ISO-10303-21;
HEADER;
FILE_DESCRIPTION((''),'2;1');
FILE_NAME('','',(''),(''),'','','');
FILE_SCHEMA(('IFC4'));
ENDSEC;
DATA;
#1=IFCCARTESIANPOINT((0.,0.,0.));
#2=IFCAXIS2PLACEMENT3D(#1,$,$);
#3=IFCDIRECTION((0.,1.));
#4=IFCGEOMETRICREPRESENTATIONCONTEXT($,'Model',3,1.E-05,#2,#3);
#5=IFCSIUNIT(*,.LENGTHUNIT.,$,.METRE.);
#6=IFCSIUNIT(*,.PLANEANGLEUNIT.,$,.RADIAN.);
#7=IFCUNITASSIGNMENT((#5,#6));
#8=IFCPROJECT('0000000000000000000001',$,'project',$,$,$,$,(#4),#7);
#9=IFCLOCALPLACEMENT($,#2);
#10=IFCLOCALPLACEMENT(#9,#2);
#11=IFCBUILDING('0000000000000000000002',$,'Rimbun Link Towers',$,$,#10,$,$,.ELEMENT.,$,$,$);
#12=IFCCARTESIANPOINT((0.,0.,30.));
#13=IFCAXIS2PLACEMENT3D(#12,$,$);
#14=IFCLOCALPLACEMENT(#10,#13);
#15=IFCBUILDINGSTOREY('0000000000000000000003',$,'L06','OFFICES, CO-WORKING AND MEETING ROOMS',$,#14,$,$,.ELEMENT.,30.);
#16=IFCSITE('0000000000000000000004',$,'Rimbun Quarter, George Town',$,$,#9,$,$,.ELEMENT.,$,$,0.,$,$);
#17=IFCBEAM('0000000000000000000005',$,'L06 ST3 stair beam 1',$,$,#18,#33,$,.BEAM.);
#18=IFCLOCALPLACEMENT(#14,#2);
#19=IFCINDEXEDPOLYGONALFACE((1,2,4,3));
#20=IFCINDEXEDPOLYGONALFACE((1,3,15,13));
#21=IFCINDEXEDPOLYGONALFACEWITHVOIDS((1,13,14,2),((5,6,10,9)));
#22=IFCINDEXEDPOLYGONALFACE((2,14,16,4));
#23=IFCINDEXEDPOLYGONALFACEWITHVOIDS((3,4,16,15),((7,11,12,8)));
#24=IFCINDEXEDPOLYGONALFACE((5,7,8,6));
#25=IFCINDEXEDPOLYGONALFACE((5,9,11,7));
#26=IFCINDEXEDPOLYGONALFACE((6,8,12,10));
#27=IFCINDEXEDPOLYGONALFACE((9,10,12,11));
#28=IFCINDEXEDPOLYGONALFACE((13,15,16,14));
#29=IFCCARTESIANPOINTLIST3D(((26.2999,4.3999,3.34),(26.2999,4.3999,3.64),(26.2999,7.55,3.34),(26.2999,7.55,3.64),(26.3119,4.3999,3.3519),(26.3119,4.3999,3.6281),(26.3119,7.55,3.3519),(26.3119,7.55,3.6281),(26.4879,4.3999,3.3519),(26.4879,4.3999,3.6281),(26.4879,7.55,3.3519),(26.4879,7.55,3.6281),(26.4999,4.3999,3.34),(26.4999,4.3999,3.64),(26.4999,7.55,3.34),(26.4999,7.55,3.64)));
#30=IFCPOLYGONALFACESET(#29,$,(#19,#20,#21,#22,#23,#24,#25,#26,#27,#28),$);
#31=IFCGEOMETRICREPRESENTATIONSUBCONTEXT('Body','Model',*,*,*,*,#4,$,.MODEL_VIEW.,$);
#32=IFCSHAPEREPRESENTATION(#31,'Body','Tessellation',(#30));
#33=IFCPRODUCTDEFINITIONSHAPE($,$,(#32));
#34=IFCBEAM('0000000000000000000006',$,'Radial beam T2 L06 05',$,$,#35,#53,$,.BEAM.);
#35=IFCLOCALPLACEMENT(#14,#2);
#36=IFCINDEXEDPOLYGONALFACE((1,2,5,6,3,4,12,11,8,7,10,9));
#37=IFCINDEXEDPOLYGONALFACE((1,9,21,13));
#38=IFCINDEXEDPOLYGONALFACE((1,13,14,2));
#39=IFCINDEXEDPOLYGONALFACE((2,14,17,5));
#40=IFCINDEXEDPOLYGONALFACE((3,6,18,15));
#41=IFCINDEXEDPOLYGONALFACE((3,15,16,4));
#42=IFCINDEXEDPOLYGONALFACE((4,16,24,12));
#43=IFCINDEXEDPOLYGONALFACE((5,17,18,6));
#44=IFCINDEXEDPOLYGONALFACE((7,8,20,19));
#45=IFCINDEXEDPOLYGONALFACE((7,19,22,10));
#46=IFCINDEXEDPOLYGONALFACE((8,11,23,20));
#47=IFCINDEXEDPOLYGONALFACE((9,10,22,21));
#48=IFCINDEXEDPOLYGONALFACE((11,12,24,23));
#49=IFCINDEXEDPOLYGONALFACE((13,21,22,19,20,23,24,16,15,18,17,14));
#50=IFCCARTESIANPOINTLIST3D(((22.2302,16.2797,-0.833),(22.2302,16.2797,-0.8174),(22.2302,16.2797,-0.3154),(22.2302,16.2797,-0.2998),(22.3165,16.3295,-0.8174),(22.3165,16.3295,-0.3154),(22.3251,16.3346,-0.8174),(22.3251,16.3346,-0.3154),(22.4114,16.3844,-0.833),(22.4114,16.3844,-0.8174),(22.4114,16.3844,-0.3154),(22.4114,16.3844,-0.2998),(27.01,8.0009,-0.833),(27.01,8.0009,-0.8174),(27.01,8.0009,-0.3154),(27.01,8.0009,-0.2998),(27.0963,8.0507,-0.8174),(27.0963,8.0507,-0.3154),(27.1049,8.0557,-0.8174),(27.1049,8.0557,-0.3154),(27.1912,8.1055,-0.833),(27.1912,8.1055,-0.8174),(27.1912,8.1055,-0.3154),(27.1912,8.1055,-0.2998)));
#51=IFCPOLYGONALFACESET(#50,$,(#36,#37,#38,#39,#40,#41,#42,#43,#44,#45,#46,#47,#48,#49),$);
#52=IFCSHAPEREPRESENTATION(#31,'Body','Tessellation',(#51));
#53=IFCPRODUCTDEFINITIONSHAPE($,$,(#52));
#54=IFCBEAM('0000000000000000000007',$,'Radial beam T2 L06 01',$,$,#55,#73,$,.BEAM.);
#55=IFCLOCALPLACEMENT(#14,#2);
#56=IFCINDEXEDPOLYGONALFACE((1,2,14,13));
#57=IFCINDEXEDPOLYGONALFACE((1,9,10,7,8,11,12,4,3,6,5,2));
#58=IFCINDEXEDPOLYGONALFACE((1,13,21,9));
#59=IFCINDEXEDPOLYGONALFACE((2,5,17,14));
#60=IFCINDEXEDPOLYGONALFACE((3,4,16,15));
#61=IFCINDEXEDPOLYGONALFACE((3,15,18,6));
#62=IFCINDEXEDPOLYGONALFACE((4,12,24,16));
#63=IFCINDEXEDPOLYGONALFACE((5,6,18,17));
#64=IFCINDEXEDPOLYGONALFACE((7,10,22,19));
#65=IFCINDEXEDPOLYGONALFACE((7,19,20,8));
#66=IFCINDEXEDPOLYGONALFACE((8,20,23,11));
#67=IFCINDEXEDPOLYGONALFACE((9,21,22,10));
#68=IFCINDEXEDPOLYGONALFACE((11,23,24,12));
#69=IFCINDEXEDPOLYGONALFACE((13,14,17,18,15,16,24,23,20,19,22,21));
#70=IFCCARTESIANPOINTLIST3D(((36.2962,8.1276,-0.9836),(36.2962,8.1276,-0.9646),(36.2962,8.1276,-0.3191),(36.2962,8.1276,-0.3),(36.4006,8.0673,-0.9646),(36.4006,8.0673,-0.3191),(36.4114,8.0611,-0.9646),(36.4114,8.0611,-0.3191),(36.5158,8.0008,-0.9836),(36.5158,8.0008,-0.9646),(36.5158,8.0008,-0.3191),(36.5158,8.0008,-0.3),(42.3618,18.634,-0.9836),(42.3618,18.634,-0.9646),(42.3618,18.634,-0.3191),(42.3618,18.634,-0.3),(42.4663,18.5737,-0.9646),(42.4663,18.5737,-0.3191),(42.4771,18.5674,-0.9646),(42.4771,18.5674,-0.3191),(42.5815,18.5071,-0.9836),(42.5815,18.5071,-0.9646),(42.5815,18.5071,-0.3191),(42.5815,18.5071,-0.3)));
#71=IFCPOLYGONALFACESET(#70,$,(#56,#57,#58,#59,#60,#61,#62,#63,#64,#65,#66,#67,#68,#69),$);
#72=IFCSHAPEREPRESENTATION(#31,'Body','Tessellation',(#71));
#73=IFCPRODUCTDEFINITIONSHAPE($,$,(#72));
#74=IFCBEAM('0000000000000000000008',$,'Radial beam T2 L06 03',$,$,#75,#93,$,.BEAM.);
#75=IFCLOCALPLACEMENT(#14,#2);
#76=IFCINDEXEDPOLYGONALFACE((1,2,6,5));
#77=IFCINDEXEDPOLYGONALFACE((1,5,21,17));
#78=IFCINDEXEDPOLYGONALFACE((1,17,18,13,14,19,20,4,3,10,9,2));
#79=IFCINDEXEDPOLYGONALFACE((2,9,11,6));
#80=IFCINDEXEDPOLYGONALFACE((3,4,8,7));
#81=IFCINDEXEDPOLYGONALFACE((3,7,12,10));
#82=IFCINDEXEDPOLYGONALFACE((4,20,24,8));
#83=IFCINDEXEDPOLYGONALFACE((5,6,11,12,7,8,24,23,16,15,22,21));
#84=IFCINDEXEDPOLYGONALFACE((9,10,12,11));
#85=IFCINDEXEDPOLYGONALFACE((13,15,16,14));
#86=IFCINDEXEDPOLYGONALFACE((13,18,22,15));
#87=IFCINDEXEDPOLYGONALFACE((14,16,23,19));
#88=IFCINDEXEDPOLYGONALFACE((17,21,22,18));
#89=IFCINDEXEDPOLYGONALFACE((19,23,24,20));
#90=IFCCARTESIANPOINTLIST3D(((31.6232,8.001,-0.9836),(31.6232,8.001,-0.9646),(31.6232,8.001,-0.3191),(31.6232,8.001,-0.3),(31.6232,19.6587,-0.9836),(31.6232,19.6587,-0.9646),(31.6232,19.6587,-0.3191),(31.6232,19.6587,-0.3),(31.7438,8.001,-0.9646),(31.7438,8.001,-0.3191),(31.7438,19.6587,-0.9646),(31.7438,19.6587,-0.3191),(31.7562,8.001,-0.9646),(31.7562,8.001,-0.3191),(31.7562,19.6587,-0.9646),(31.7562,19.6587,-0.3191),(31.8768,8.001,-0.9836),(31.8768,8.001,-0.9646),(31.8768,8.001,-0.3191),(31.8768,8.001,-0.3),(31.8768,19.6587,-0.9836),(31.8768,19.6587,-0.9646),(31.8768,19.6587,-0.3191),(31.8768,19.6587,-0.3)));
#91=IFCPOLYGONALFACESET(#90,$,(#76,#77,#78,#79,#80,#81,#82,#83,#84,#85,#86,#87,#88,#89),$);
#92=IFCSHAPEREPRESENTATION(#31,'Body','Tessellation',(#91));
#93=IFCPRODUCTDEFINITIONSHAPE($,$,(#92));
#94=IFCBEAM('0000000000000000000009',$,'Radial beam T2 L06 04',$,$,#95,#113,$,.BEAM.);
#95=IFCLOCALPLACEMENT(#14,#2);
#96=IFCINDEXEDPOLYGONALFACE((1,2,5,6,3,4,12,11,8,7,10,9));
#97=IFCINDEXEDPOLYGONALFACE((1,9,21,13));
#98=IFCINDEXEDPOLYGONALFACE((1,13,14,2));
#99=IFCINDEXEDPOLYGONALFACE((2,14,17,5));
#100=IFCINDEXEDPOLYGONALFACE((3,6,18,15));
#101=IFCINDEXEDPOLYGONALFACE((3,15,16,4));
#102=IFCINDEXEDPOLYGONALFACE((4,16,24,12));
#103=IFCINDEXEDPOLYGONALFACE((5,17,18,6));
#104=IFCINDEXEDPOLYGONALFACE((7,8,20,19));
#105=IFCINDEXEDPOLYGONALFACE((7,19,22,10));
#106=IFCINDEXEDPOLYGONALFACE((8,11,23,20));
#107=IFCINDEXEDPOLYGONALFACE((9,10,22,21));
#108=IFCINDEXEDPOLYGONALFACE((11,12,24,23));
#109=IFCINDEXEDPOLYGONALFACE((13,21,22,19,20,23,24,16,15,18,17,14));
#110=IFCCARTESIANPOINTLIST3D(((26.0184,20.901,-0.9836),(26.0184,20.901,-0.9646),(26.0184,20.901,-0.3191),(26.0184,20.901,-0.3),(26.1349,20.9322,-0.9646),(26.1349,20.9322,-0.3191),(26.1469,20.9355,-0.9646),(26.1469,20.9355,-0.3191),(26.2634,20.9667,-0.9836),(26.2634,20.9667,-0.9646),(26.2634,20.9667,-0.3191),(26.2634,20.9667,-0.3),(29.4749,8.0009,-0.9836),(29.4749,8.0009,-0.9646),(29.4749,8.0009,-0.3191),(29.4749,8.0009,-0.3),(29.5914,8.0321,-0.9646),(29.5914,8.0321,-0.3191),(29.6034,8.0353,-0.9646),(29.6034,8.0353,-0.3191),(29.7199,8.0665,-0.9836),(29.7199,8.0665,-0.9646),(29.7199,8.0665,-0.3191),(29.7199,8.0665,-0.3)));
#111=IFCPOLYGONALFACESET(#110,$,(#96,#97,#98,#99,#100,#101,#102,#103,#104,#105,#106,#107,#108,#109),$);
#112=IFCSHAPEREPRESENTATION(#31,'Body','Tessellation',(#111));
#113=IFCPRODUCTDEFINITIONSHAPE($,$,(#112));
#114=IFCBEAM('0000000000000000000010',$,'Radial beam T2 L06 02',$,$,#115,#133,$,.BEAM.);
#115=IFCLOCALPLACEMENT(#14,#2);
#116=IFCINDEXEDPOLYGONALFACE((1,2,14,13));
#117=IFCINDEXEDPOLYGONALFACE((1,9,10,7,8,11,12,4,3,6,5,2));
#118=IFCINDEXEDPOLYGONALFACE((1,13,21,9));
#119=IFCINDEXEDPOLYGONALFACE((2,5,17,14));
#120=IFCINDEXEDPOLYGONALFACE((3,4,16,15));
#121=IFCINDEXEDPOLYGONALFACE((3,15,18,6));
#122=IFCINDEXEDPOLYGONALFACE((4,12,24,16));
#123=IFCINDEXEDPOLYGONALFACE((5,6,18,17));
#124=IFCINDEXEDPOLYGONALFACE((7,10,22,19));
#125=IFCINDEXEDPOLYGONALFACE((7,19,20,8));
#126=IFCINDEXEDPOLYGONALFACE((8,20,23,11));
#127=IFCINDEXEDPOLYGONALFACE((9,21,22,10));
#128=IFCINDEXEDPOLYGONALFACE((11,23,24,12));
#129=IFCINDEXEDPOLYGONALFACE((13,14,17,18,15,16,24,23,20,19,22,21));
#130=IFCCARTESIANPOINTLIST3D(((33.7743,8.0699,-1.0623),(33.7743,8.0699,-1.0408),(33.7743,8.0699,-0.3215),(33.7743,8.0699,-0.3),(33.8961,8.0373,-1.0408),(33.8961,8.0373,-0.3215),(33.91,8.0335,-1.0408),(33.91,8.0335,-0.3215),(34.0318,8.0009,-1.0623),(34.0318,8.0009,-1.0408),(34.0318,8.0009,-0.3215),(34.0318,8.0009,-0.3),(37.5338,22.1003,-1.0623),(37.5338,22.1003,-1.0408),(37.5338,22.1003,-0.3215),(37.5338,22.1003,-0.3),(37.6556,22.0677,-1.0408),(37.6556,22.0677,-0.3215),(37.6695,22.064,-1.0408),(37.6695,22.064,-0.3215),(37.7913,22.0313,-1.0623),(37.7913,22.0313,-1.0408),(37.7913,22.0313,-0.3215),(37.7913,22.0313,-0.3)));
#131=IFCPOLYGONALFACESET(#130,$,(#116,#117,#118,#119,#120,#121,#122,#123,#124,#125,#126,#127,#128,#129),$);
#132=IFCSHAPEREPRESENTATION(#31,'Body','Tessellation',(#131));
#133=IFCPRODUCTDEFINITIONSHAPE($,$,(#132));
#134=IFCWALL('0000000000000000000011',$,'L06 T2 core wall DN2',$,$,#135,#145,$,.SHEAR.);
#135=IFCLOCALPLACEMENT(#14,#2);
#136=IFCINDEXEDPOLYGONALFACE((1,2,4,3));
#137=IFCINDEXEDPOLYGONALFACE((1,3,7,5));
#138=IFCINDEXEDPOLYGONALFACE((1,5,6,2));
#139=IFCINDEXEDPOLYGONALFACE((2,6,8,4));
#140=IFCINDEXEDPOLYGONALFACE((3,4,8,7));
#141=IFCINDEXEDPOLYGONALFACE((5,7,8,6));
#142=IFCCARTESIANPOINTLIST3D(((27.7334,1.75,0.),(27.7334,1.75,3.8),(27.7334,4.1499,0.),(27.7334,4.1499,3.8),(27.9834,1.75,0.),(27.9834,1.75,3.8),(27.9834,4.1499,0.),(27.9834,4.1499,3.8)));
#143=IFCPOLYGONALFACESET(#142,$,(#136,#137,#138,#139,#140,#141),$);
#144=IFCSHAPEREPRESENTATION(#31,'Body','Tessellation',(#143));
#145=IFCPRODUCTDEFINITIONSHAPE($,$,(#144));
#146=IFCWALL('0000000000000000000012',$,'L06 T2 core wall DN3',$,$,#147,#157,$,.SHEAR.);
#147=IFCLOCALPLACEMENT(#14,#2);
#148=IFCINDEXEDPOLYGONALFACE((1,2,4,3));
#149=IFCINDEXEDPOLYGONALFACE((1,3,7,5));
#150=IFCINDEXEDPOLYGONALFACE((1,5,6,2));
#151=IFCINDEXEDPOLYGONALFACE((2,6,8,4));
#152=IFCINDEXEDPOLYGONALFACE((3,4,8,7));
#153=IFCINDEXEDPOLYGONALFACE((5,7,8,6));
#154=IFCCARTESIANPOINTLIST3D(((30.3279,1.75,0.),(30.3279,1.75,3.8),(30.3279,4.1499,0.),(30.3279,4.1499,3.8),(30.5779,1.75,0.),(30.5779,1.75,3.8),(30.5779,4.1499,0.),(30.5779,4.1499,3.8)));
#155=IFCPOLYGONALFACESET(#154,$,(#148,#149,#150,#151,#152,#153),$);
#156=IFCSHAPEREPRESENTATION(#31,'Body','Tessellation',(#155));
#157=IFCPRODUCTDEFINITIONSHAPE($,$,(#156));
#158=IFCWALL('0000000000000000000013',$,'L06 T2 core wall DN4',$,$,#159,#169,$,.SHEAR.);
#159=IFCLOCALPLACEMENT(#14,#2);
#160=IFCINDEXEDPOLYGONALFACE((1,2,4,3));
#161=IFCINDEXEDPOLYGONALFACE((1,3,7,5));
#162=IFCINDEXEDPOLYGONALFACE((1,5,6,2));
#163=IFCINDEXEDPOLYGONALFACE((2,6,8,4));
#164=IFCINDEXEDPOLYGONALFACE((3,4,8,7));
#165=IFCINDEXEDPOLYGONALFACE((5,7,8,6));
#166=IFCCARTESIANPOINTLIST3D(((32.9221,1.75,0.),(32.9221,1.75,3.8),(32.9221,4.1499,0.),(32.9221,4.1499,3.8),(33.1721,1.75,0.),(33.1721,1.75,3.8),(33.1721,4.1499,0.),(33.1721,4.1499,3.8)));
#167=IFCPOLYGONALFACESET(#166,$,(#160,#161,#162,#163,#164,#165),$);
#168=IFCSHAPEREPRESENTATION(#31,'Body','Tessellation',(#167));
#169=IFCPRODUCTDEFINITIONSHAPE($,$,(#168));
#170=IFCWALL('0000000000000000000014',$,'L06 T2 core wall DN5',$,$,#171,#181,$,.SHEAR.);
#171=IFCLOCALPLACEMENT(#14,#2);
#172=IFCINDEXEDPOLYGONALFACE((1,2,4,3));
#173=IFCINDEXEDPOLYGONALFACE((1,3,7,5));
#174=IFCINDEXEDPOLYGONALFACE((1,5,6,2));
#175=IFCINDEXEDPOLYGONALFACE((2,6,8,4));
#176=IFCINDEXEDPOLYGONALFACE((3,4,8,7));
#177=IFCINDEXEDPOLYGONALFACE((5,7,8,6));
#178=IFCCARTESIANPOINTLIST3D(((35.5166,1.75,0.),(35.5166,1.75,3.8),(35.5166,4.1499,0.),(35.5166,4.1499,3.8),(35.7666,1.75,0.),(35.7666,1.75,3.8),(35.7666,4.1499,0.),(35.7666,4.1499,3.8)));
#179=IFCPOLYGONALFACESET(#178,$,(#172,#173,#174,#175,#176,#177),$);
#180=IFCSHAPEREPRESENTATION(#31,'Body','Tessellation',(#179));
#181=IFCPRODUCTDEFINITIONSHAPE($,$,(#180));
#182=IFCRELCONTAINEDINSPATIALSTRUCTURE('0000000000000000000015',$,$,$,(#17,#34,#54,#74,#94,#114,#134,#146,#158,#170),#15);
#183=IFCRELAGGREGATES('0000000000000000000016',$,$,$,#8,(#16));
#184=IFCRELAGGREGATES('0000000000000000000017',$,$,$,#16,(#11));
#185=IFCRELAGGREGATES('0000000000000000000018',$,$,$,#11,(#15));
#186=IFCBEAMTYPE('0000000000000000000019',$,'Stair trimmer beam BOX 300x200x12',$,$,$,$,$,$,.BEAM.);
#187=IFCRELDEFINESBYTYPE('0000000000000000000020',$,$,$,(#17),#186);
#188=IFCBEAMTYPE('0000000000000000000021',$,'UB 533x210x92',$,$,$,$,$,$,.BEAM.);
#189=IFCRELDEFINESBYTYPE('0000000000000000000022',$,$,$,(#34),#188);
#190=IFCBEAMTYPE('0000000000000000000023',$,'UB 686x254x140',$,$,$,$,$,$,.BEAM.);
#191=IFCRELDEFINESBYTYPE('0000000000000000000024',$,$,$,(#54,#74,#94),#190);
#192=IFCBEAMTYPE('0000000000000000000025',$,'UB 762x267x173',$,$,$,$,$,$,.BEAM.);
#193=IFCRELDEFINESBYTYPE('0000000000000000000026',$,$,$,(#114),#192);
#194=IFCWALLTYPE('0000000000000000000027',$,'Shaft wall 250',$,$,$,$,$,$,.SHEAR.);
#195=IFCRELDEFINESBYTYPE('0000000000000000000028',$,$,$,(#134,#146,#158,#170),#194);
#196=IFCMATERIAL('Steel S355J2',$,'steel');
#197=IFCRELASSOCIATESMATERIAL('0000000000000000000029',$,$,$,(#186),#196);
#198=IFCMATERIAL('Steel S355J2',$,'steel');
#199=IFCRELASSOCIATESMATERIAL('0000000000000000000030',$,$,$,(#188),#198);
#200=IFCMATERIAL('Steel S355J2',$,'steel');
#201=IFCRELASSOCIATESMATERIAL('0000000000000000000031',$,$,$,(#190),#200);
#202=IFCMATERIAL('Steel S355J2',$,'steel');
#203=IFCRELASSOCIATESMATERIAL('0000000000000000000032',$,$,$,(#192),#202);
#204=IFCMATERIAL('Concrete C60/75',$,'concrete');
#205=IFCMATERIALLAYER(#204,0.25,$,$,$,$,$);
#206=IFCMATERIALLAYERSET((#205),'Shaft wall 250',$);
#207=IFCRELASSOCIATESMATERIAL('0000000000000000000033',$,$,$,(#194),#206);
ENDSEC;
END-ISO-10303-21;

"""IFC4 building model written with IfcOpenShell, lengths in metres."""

from ifc_helpers import new_model, si_unit, direction, frame, frame_2d, origin, origin_2d, place, context, subcontext, project, spatial, rectangle, hollow_rectangle, i_section, extrude, material, layer, layer_set, material_profile, profile_set, type_object, element, save


model = new_model("IFC4")

# Units and contexts
model_context = context("Model", 3, precision=1e-05, world=origin(), true_north=direction((0.0, 1.0)))
body_context = subcontext(model_context, "Body", "Model", "MODEL_VIEW")
ifc_project = project(units=[si_unit("LENGTHUNIT", "METRE"), si_unit("PLANEANGLEUNIT", "RADIAN")], contexts=[model_context])

# Site, building, storey
site_placement = place(None, origin())
site = spatial("IfcSite", under=ifc_project, at=site_placement, Name="Rimbun Quarter, George Town", CompositionType="ELEMENT", RefElevation=0.0)
building_placement = place(site_placement, origin())
building = spatial("IfcBuilding", under=site, at=building_placement, Name="Rimbun Link Towers", CompositionType="ELEMENT")
storey_placement = place(building_placement, frame((0.0, 0.0, 30.0)))
storey = spatial("IfcBuildingStorey", under=building, at=storey_placement, Name="L06", Description="OFFICES, CO-WORKING AND MEETING ROOMS", CompositionType="ELEMENT", Elevation=30.0)

# Beams
ifc_material_1 = material(Name="Steel S355J2", Category="steel")
ifc_material_profile_1 = material_profile(ifc_material_1, hollow_rectangle(XDim=0.2, YDim=0.3, WallThickness=0.012, at=origin_2d()), Name="BOX 300x200x12")
ifc_profile_set_1 = profile_set([ifc_material_profile_1], Name="Steel S355J2")
beam_type_1 = type_object("IfcBeamType", Name="Stair trimmer beam BOX 300x200x12", PredefinedType="BEAM", material=ifc_profile_set_1)
beam_1_placement = place(storey_placement, frame((26.3999, 7.55, 3.49), z_axis=(0.0, -1.0, 0.0), x_axis=(1.0, 0.0, 0.0)))
element("IfcBeam", 1, at=beam_1_placement, inside=storey, type_object=beam_type_1, Name="L06 ST3 stair beam 1", PredefinedType="BEAM", context=body_context, shape_type="SweptSolid", body=[
    extrude(hollow_rectangle(XDim=0.2, YDim=0.3, WallThickness=0.012, at=origin_2d()), origin(), (0.0, 0.0, 1.0), 3.1501),
])
ifc_material_2 = material(Name="Steel S355J2", Category="steel")
ifc_material_profile_2 = material_profile(ifc_material_2, i_section(OverallWidth=0.2092, OverallDepth=0.5332, WebThickness=0.01, FlangeThickness=0.0156, at=origin_2d()), Name="UB 533x210x92")
ifc_profile_set_2 = profile_set([ifc_material_profile_2], Name="Steel S355J2")
beam_type_2 = type_object("IfcBeamType", Name="UB 533x210x92", PredefinedType="BEAM", material=ifc_profile_set_2)
beam_2_placement = place(storey_placement, frame((27.1006, 8.0532, -0.5664), z_axis=(-0.500001, 0.866025, 0.0), x_axis=(-0.866025, -0.500001, 0.0)))
element("IfcBeam", 2, at=beam_2_placement, inside=storey, type_object=beam_type_2, Name="Radial beam T2 L06 05", PredefinedType="BEAM", context=body_context, shape_type="SweptSolid", body=[
    extrude(i_section(OverallWidth=0.2092, OverallDepth=0.5332, WebThickness=0.01, FlangeThickness=0.0156, at=origin_2d()), origin(), (0.0, 0.0, 1.0), 9.5596),
])
ifc_material_3 = material(Name="Steel S355J2", Category="steel")
ifc_material_profile_3 = material_profile(ifc_material_3, i_section(OverallWidth=0.2537, OverallDepth=0.6836, WebThickness=0.0125, FlangeThickness=0.019, at=origin_2d()), Name="UB 686x254x140")
ifc_profile_set_3 = profile_set([ifc_material_profile_3], Name="Steel S355J2")
beam_type_3 = type_object("IfcBeamType", Name="UB 686x254x140", PredefinedType="BEAM", material=ifc_profile_set_3)
beam_3_placement = place(storey_placement, frame((36.406, 8.0642, -0.6418), z_axis=(0.49999, 0.866031, 0.0), x_axis=(-0.866031, 0.49999, 0.0)))
element("IfcBeam", 3, at=beam_3_placement, inside=storey, type_object=beam_type_3, Name="Radial beam T2 L06 01", PredefinedType="BEAM", context=body_context, shape_type="SweptSolid", body=[
    extrude(i_section(OverallWidth=0.2537, OverallDepth=0.6836, WebThickness=0.0125, FlangeThickness=0.019, at=origin_2d()), origin(), (0.0, 0.0, 1.0), 12.1316),
])
beam_4_placement = place(storey_placement, frame((31.75, 8.001, -0.6418), z_axis=(0.0, 1.0, 0.0), x_axis=(-1.0, 0.0, 0.0)))
element("IfcBeam", 4, at=beam_4_placement, inside=storey, type_object=beam_type_3, Name="Radial beam T2 L06 03", PredefinedType="BEAM", context=body_context, shape_type="SweptSolid", body=[
    extrude(i_section(OverallWidth=0.2537, OverallDepth=0.6836, WebThickness=0.0125, FlangeThickness=0.019, at=origin_2d()), origin(), (0.0, 0.0, 1.0), 11.6577),
])
beam_5_placement = place(storey_placement, frame((29.5974, 8.0337, -0.6418), z_axis=(-0.258816, 0.965927, 0.0), x_axis=(-0.965927, -0.258816, 0.0)))
element("IfcBeam", 5, at=beam_5_placement, inside=storey, type_object=beam_type_3, Name="Radial beam T2 L06 04", PredefinedType="BEAM", context=body_context, shape_type="SweptSolid", body=[
    extrude(i_section(OverallWidth=0.2537, OverallDepth=0.6836, WebThickness=0.0125, FlangeThickness=0.019, at=origin_2d()), origin(), (0.0, 0.0, 1.0), 13.3552),
])
ifc_material_4 = material(Name="Steel S355J2", Category="steel")
ifc_material_profile_4 = material_profile(ifc_material_4, i_section(OverallWidth=0.2666, OverallDepth=0.7622, WebThickness=0.0144, FlangeThickness=0.0215, at=origin_2d()), Name="UB 762x267x173")
ifc_profile_set_4 = profile_set([ifc_material_profile_4], Name="Steel S355J2")
beam_type_4 = type_object("IfcBeamType", Name="UB 762x267x173", PredefinedType="BEAM", material=ifc_profile_set_4)
beam_6_placement = place(storey_placement, frame((33.9031, 8.0354, -0.6812), z_axis=(0.258823, 0.965925, 0.0), x_axis=(-0.965925, 0.258823, 0.0)))
element("IfcBeam", 6, at=beam_6_placement, inside=storey, type_object=beam_type_4, Name="Radial beam T2 L06 02", PredefinedType="BEAM", context=body_context, shape_type="SweptSolid", body=[
    extrude(i_section(OverallWidth=0.2666, OverallDepth=0.7622, WebThickness=0.0144, FlangeThickness=0.0215, at=origin_2d()), origin(), (0.0, 0.0, 1.0), 14.5254),
])

# Walls
ifc_material_5 = material(Name="Concrete C60/75", Category="concrete")
ifc_layer = layer(ifc_material_5, 0.25)
ifc_layer_set = layer_set([ifc_layer], Name="Shaft wall 250")
wall_type = type_object("IfcWallType", Name="Shaft wall 250", PredefinedType="SHEAR", material=ifc_layer_set)
for number, where, z_axis, x_axis, name in (
    (7, (27.8584, 1.75, 0.0), (0.0, 0.0, 1.0), (0.0, 1.0, 0.0), "L06 T2 core wall DN2"),
    (8, (30.4529, 1.75, 0.0), (0.0, 0.0, 1.0), (0.0, 1.0, 0.0), "L06 T2 core wall DN3"),
    (9, (33.0471, 1.75, 0.0), (0.0, 0.0, 1.0), (0.0, 1.0, 0.0), "L06 T2 core wall DN4"),
    (10, (35.6416, 1.75, 0.0), (0.0, 0.0, 1.0), (0.0, 1.0, 0.0), "L06 T2 core wall DN5"),
):
    element("IfcWall", number, at=place(storey_placement, frame(where, z_axis=z_axis, x_axis=x_axis)), inside=storey, type_object=wall_type, Name=name, PredefinedType="SHEAR", context=body_context, shape_type="SweptSolid", body=[
        extrude(rectangle(XDim=2.3999, YDim=0.25, at=frame_2d((1.2, 0.0))), origin(), (0.0, 0.0, 1.0), 3.8),
    ])

save(model, "model.ifc")
